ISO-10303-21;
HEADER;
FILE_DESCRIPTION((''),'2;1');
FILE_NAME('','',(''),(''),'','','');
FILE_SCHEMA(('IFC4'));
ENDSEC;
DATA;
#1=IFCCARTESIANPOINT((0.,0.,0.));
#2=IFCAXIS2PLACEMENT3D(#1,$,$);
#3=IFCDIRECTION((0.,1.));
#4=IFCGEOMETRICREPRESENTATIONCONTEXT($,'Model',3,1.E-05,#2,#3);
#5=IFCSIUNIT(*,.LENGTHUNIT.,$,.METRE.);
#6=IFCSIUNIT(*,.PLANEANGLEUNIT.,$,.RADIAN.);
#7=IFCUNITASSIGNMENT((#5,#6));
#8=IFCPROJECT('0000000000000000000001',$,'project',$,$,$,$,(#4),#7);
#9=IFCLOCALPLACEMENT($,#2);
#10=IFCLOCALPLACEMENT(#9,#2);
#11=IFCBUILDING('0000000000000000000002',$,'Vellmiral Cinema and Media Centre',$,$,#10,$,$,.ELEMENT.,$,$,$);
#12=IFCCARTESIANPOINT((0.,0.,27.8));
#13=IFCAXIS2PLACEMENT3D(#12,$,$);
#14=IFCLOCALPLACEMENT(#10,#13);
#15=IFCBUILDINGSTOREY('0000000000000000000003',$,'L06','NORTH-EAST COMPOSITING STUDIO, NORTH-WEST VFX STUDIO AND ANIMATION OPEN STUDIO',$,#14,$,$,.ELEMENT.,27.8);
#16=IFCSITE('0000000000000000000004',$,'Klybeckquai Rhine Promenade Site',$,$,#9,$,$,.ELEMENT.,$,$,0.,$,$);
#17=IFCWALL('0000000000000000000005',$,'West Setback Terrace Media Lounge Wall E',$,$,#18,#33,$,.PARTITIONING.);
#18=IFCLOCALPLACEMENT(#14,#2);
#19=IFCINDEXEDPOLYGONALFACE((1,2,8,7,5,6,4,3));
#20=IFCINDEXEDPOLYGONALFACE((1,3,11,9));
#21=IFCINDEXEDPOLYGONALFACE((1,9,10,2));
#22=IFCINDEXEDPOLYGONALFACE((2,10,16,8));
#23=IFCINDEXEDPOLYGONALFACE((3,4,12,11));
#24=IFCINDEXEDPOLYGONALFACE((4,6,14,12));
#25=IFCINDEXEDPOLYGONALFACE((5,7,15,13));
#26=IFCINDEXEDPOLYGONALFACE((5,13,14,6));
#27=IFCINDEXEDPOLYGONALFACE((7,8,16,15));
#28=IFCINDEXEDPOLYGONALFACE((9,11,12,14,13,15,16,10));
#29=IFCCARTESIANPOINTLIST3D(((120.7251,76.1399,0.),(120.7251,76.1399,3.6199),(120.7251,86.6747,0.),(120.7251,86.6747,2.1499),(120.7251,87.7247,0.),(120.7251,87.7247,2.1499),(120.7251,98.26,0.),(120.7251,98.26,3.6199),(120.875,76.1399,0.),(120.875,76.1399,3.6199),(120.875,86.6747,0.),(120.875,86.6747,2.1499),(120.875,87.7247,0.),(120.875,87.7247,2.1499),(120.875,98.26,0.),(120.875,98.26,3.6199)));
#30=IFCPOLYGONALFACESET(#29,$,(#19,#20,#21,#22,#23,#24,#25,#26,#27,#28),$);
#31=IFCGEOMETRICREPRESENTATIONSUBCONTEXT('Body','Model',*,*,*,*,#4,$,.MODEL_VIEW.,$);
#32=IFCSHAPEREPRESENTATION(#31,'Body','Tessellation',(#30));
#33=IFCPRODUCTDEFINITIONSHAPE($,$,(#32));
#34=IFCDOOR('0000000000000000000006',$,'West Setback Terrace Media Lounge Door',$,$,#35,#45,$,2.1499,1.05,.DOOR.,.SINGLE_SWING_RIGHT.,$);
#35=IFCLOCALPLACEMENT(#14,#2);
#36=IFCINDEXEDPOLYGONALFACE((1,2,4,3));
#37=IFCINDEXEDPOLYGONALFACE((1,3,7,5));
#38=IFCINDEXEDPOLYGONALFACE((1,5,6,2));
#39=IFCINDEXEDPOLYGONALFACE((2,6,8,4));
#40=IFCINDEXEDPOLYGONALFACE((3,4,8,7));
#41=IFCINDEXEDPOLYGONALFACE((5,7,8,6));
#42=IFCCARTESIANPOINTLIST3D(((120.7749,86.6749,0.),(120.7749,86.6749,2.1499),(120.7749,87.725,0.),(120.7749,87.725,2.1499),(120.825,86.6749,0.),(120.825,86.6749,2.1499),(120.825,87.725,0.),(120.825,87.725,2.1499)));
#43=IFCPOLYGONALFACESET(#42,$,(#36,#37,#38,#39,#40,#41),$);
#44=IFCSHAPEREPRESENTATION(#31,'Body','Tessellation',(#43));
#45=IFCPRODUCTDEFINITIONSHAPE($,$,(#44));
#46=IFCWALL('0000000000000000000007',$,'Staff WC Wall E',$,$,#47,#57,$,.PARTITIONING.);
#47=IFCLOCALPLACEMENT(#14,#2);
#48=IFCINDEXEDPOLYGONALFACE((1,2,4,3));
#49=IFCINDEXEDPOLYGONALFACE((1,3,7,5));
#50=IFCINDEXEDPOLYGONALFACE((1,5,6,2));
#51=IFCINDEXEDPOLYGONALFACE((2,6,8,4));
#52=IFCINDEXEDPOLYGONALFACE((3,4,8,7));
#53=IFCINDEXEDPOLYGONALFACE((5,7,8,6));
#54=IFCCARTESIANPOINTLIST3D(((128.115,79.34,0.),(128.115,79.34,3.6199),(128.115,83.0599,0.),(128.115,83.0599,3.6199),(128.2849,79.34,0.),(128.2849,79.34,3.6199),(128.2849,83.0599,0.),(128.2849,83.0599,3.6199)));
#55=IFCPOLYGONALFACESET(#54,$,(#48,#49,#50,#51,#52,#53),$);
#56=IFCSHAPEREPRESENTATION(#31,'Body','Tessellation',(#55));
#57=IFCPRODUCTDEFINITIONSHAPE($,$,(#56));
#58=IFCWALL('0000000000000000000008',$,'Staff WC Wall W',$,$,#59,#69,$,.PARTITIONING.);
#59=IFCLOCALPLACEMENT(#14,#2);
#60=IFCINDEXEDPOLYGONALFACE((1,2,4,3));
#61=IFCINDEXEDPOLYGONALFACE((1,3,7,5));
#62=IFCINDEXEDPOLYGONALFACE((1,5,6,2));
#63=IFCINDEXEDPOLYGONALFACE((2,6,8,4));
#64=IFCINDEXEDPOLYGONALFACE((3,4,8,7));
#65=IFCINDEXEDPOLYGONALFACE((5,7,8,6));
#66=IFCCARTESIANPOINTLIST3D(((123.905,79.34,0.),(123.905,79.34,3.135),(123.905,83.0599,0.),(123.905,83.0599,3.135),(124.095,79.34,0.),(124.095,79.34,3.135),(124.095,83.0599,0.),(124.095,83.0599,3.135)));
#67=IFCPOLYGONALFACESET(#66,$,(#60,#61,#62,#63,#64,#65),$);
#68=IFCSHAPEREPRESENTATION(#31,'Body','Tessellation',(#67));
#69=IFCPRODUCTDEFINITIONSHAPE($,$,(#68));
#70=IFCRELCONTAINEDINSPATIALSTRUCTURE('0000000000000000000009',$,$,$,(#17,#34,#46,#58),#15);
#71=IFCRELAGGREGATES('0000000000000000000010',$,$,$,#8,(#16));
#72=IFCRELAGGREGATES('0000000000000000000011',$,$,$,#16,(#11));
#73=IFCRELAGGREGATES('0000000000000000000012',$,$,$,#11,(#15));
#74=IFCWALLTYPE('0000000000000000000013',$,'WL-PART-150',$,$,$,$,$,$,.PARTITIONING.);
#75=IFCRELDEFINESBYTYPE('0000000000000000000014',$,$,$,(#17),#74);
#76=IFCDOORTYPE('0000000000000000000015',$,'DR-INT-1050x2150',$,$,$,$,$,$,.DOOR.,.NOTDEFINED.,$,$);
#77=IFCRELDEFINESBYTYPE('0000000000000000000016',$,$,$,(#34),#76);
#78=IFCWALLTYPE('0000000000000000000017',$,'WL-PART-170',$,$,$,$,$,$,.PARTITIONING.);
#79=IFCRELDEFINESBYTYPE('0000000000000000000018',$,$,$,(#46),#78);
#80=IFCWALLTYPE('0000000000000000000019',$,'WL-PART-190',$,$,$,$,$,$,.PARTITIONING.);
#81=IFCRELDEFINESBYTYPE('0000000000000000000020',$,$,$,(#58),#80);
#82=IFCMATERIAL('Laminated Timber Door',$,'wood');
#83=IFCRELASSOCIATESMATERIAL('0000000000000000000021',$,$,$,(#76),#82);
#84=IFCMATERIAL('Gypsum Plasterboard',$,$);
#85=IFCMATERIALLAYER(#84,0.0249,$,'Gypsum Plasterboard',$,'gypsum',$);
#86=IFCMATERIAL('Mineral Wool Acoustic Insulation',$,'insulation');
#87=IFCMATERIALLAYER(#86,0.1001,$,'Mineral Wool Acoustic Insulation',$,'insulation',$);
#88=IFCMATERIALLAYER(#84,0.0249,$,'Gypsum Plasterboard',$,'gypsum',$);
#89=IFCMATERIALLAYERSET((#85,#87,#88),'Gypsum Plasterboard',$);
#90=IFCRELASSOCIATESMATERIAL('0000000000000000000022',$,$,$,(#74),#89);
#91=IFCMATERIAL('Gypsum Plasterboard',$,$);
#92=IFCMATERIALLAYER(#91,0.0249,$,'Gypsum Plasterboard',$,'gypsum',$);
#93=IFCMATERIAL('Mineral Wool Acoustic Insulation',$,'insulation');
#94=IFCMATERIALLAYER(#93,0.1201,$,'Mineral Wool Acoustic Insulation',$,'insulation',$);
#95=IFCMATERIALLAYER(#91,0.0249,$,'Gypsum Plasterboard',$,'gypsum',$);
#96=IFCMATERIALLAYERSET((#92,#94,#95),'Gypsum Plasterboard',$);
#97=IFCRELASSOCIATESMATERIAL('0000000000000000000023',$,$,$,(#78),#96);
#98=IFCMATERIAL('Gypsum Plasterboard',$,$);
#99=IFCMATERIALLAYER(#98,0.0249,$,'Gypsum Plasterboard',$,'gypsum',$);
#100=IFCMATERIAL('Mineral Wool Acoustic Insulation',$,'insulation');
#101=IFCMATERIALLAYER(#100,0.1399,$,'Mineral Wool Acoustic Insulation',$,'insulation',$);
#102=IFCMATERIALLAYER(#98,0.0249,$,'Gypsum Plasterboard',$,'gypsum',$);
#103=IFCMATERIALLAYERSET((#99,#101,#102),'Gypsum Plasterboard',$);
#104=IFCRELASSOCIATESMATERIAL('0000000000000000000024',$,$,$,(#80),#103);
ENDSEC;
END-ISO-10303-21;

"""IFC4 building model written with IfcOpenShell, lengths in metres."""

from ifc_helpers import new_model, si_unit, direction, frame, frame_2d, origin, place, context, subcontext, project, spatial, rectangle, extrude, material, layer, layer_set, type_object, element, fill, save


model = new_model("IFC4")

# Units and contexts
model_context = context("Model", 3, precision=1e-05, world=origin(), true_north=direction((0.0, 1.0)))
body_context = subcontext(model_context, "Body", "Model", "MODEL_VIEW")
ifc_project = project(units=[si_unit("LENGTHUNIT", "METRE"), si_unit("PLANEANGLEUNIT", "RADIAN")], contexts=[model_context])

# Site, building, storey
site_placement = place(None, origin())
site = spatial("IfcSite", under=ifc_project, at=site_placement, Name="Klybeckquai Rhine Promenade Site", CompositionType="ELEMENT", RefElevation=0.0)
building_placement = place(site_placement, origin())
building = spatial("IfcBuilding", under=site, at=building_placement, Name="Vellmiral Cinema and Media Centre", CompositionType="ELEMENT")
storey_placement = place(building_placement, frame((0.0, 0.0, 27.8)))
storey = spatial("IfcBuildingStorey", under=building, at=storey_placement, Name="L06", Description="NORTH-EAST COMPOSITING STUDIO, NORTH-WEST VFX STUDIO AND ANIMATION OPEN STUDIO", CompositionType="ELEMENT", Elevation=27.8)

# Wall, opening, door
ifc_material_1 = material(Name="Laminated Timber Door", Category="wood")
door_type_1 = type_object("IfcDoorType", Name="DR-INT-1050x2150", OperationType="NOTDEFINED", PredefinedType="DOOR", material=ifc_material_1)
ifc_material_2 = material(Name="Gypsum Plasterboard")
ifc_layer_1 = layer(ifc_material_2, 0.0249, Name="Gypsum Plasterboard", Category="gypsum")
ifc_material_3 = material(Name="Mineral Wool Acoustic Insulation", Category="insulation")
ifc_layer_2 = layer(ifc_material_3, 0.1001, Name="Mineral Wool Acoustic Insulation", Category="insulation")
ifc_layer_3 = layer(ifc_material_2, 0.0249, Name="Gypsum Plasterboard", Category="gypsum")
ifc_layer_set_1 = layer_set([ifc_layer_1, ifc_layer_2, ifc_layer_3], Name="Gypsum Plasterboard")
wall_type_1 = type_object("IfcWallType", Name="WL-PART-150", PredefinedType="PARTITIONING", material=ifc_layer_set_1)
wall_1_placement = place(storey_placement, frame((120.8, 76.1399, 0.0), z_axis=(0.0, 0.0, 1.0), x_axis=(0.0, 1.0, 0.0)))
wall_1 = element("IfcWall", 1, at=wall_1_placement, inside=storey, type_object=wall_type_1, Name="West Setback Terrace Media Lounge Wall E", PredefinedType="PARTITIONING", context=body_context, shape_type="SweptSolid", body=[
    extrude(rectangle(XDim=22.1201, YDim=0.1499, at=frame_2d((11.0601, 0.0))), origin(), (0.0, 0.0, 1.0), 3.6199),
])
opening_1_placement = place(wall_1_placement, frame((10.5349, 0.0, 0.0)))
opening_1 = element("IfcOpeningElement", 2, at=opening_1_placement, cuts=wall_1, PredefinedType="OPENING", context=body_context, shape_type="SweptSolid", body=[
    extrude(rectangle(XDim=1.05, YDim=2.1499, at=frame_2d((0.5249, 1.075))), frame((0.0, 0.0869, 0.0), z_axis=(0.0, -1.0, 0.0), x_axis=(1.0, 0.0, 0.0)), (0.0, 0.0, 1.0), 0.1738),
])
door_1_placement = place(opening_1_placement, frame((1.05, 0.0, 0.0), z_axis=(0.0, 0.0, 1.0), x_axis=(-1.0, 0.0, 0.0)))
door_1 = element("IfcDoor", 3, at=door_1_placement, inside=storey, type_object=door_type_1, Name="West Setback Terrace Media Lounge Door", OperationType="SINGLE_SWING_RIGHT", OverallHeight=2.1499, OverallWidth=1.05, PredefinedType="DOOR", context=body_context, shape_type="SweptSolid", body=[
    extrude(rectangle(XDim=1.05, YDim=2.1499, at=frame_2d((0.5249, 1.075))), frame((0.0, 0.0249, 0.0), z_axis=(0.0, -1.0, 0.0), x_axis=(1.0, 0.0, 0.0)), (0.0, 0.0, 1.0), 0.05),
])
fill(opening_1, door_1)

# Walls
ifc_material_4 = material(Name="Gypsum Plasterboard")
ifc_layer_4 = layer(ifc_material_4, 0.0249, Name="Gypsum Plasterboard", Category="gypsum")
ifc_material_5 = material(Name="Mineral Wool Acoustic Insulation", Category="insulation")
ifc_layer_5 = layer(ifc_material_5, 0.1201, Name="Mineral Wool Acoustic Insulation", Category="insulation")
ifc_layer_6 = layer(ifc_material_4, 0.0249, Name="Gypsum Plasterboard", Category="gypsum")
ifc_layer_set_2 = layer_set([ifc_layer_4, ifc_layer_5, ifc_layer_6], Name="Gypsum Plasterboard")
wall_type_2 = type_object("IfcWallType", Name="WL-PART-170", PredefinedType="PARTITIONING", material=ifc_layer_set_2)
wall_2_placement = place(storey_placement, frame((128.2, 79.3401, 0.0), z_axis=(0.0, 0.0, 1.0), x_axis=(0.0, 1.0, 0.0)))
element("IfcWall", 4, at=wall_2_placement, inside=storey, type_object=wall_type_2, Name="Staff WC Wall E", PredefinedType="PARTITIONING", context=body_context, shape_type="SweptSolid", body=[
    extrude(rectangle(XDim=3.72, YDim=0.1699, at=frame_2d((1.8599, 0.0))), origin(), (0.0, 0.0, 1.0), 3.6199),
])
ifc_material_6 = material(Name="Gypsum Plasterboard")
ifc_layer_7 = layer(ifc_material_6, 0.0249, Name="Gypsum Plasterboard", Category="gypsum")
ifc_material_7 = material(Name="Mineral Wool Acoustic Insulation", Category="insulation")
ifc_layer_8 = layer(ifc_material_7, 0.1399, Name="Mineral Wool Acoustic Insulation", Category="insulation")
ifc_layer_9 = layer(ifc_material_6, 0.0249, Name="Gypsum Plasterboard", Category="gypsum")
ifc_layer_set_3 = layer_set([ifc_layer_7, ifc_layer_8, ifc_layer_9], Name="Gypsum Plasterboard")
wall_type_3 = type_object("IfcWallType", Name="WL-PART-190", PredefinedType="PARTITIONING", material=ifc_layer_set_3)
wall_3_placement = place(storey_placement, frame((124.0, 79.3401, 0.0), z_axis=(0.0, 0.0, 1.0), x_axis=(0.0, 1.0, 0.0)))
element("IfcWall", 5, at=wall_3_placement, inside=storey, type_object=wall_type_3, Name="Staff WC Wall W", PredefinedType="PARTITIONING", context=body_context, shape_type="SweptSolid", body=[
    extrude(rectangle(XDim=3.72, YDim=0.1899, at=frame_2d((1.8599, 0.0))), origin(), (0.0, 0.0, 1.0), 3.135),
])

save(model, "model.ifc")
